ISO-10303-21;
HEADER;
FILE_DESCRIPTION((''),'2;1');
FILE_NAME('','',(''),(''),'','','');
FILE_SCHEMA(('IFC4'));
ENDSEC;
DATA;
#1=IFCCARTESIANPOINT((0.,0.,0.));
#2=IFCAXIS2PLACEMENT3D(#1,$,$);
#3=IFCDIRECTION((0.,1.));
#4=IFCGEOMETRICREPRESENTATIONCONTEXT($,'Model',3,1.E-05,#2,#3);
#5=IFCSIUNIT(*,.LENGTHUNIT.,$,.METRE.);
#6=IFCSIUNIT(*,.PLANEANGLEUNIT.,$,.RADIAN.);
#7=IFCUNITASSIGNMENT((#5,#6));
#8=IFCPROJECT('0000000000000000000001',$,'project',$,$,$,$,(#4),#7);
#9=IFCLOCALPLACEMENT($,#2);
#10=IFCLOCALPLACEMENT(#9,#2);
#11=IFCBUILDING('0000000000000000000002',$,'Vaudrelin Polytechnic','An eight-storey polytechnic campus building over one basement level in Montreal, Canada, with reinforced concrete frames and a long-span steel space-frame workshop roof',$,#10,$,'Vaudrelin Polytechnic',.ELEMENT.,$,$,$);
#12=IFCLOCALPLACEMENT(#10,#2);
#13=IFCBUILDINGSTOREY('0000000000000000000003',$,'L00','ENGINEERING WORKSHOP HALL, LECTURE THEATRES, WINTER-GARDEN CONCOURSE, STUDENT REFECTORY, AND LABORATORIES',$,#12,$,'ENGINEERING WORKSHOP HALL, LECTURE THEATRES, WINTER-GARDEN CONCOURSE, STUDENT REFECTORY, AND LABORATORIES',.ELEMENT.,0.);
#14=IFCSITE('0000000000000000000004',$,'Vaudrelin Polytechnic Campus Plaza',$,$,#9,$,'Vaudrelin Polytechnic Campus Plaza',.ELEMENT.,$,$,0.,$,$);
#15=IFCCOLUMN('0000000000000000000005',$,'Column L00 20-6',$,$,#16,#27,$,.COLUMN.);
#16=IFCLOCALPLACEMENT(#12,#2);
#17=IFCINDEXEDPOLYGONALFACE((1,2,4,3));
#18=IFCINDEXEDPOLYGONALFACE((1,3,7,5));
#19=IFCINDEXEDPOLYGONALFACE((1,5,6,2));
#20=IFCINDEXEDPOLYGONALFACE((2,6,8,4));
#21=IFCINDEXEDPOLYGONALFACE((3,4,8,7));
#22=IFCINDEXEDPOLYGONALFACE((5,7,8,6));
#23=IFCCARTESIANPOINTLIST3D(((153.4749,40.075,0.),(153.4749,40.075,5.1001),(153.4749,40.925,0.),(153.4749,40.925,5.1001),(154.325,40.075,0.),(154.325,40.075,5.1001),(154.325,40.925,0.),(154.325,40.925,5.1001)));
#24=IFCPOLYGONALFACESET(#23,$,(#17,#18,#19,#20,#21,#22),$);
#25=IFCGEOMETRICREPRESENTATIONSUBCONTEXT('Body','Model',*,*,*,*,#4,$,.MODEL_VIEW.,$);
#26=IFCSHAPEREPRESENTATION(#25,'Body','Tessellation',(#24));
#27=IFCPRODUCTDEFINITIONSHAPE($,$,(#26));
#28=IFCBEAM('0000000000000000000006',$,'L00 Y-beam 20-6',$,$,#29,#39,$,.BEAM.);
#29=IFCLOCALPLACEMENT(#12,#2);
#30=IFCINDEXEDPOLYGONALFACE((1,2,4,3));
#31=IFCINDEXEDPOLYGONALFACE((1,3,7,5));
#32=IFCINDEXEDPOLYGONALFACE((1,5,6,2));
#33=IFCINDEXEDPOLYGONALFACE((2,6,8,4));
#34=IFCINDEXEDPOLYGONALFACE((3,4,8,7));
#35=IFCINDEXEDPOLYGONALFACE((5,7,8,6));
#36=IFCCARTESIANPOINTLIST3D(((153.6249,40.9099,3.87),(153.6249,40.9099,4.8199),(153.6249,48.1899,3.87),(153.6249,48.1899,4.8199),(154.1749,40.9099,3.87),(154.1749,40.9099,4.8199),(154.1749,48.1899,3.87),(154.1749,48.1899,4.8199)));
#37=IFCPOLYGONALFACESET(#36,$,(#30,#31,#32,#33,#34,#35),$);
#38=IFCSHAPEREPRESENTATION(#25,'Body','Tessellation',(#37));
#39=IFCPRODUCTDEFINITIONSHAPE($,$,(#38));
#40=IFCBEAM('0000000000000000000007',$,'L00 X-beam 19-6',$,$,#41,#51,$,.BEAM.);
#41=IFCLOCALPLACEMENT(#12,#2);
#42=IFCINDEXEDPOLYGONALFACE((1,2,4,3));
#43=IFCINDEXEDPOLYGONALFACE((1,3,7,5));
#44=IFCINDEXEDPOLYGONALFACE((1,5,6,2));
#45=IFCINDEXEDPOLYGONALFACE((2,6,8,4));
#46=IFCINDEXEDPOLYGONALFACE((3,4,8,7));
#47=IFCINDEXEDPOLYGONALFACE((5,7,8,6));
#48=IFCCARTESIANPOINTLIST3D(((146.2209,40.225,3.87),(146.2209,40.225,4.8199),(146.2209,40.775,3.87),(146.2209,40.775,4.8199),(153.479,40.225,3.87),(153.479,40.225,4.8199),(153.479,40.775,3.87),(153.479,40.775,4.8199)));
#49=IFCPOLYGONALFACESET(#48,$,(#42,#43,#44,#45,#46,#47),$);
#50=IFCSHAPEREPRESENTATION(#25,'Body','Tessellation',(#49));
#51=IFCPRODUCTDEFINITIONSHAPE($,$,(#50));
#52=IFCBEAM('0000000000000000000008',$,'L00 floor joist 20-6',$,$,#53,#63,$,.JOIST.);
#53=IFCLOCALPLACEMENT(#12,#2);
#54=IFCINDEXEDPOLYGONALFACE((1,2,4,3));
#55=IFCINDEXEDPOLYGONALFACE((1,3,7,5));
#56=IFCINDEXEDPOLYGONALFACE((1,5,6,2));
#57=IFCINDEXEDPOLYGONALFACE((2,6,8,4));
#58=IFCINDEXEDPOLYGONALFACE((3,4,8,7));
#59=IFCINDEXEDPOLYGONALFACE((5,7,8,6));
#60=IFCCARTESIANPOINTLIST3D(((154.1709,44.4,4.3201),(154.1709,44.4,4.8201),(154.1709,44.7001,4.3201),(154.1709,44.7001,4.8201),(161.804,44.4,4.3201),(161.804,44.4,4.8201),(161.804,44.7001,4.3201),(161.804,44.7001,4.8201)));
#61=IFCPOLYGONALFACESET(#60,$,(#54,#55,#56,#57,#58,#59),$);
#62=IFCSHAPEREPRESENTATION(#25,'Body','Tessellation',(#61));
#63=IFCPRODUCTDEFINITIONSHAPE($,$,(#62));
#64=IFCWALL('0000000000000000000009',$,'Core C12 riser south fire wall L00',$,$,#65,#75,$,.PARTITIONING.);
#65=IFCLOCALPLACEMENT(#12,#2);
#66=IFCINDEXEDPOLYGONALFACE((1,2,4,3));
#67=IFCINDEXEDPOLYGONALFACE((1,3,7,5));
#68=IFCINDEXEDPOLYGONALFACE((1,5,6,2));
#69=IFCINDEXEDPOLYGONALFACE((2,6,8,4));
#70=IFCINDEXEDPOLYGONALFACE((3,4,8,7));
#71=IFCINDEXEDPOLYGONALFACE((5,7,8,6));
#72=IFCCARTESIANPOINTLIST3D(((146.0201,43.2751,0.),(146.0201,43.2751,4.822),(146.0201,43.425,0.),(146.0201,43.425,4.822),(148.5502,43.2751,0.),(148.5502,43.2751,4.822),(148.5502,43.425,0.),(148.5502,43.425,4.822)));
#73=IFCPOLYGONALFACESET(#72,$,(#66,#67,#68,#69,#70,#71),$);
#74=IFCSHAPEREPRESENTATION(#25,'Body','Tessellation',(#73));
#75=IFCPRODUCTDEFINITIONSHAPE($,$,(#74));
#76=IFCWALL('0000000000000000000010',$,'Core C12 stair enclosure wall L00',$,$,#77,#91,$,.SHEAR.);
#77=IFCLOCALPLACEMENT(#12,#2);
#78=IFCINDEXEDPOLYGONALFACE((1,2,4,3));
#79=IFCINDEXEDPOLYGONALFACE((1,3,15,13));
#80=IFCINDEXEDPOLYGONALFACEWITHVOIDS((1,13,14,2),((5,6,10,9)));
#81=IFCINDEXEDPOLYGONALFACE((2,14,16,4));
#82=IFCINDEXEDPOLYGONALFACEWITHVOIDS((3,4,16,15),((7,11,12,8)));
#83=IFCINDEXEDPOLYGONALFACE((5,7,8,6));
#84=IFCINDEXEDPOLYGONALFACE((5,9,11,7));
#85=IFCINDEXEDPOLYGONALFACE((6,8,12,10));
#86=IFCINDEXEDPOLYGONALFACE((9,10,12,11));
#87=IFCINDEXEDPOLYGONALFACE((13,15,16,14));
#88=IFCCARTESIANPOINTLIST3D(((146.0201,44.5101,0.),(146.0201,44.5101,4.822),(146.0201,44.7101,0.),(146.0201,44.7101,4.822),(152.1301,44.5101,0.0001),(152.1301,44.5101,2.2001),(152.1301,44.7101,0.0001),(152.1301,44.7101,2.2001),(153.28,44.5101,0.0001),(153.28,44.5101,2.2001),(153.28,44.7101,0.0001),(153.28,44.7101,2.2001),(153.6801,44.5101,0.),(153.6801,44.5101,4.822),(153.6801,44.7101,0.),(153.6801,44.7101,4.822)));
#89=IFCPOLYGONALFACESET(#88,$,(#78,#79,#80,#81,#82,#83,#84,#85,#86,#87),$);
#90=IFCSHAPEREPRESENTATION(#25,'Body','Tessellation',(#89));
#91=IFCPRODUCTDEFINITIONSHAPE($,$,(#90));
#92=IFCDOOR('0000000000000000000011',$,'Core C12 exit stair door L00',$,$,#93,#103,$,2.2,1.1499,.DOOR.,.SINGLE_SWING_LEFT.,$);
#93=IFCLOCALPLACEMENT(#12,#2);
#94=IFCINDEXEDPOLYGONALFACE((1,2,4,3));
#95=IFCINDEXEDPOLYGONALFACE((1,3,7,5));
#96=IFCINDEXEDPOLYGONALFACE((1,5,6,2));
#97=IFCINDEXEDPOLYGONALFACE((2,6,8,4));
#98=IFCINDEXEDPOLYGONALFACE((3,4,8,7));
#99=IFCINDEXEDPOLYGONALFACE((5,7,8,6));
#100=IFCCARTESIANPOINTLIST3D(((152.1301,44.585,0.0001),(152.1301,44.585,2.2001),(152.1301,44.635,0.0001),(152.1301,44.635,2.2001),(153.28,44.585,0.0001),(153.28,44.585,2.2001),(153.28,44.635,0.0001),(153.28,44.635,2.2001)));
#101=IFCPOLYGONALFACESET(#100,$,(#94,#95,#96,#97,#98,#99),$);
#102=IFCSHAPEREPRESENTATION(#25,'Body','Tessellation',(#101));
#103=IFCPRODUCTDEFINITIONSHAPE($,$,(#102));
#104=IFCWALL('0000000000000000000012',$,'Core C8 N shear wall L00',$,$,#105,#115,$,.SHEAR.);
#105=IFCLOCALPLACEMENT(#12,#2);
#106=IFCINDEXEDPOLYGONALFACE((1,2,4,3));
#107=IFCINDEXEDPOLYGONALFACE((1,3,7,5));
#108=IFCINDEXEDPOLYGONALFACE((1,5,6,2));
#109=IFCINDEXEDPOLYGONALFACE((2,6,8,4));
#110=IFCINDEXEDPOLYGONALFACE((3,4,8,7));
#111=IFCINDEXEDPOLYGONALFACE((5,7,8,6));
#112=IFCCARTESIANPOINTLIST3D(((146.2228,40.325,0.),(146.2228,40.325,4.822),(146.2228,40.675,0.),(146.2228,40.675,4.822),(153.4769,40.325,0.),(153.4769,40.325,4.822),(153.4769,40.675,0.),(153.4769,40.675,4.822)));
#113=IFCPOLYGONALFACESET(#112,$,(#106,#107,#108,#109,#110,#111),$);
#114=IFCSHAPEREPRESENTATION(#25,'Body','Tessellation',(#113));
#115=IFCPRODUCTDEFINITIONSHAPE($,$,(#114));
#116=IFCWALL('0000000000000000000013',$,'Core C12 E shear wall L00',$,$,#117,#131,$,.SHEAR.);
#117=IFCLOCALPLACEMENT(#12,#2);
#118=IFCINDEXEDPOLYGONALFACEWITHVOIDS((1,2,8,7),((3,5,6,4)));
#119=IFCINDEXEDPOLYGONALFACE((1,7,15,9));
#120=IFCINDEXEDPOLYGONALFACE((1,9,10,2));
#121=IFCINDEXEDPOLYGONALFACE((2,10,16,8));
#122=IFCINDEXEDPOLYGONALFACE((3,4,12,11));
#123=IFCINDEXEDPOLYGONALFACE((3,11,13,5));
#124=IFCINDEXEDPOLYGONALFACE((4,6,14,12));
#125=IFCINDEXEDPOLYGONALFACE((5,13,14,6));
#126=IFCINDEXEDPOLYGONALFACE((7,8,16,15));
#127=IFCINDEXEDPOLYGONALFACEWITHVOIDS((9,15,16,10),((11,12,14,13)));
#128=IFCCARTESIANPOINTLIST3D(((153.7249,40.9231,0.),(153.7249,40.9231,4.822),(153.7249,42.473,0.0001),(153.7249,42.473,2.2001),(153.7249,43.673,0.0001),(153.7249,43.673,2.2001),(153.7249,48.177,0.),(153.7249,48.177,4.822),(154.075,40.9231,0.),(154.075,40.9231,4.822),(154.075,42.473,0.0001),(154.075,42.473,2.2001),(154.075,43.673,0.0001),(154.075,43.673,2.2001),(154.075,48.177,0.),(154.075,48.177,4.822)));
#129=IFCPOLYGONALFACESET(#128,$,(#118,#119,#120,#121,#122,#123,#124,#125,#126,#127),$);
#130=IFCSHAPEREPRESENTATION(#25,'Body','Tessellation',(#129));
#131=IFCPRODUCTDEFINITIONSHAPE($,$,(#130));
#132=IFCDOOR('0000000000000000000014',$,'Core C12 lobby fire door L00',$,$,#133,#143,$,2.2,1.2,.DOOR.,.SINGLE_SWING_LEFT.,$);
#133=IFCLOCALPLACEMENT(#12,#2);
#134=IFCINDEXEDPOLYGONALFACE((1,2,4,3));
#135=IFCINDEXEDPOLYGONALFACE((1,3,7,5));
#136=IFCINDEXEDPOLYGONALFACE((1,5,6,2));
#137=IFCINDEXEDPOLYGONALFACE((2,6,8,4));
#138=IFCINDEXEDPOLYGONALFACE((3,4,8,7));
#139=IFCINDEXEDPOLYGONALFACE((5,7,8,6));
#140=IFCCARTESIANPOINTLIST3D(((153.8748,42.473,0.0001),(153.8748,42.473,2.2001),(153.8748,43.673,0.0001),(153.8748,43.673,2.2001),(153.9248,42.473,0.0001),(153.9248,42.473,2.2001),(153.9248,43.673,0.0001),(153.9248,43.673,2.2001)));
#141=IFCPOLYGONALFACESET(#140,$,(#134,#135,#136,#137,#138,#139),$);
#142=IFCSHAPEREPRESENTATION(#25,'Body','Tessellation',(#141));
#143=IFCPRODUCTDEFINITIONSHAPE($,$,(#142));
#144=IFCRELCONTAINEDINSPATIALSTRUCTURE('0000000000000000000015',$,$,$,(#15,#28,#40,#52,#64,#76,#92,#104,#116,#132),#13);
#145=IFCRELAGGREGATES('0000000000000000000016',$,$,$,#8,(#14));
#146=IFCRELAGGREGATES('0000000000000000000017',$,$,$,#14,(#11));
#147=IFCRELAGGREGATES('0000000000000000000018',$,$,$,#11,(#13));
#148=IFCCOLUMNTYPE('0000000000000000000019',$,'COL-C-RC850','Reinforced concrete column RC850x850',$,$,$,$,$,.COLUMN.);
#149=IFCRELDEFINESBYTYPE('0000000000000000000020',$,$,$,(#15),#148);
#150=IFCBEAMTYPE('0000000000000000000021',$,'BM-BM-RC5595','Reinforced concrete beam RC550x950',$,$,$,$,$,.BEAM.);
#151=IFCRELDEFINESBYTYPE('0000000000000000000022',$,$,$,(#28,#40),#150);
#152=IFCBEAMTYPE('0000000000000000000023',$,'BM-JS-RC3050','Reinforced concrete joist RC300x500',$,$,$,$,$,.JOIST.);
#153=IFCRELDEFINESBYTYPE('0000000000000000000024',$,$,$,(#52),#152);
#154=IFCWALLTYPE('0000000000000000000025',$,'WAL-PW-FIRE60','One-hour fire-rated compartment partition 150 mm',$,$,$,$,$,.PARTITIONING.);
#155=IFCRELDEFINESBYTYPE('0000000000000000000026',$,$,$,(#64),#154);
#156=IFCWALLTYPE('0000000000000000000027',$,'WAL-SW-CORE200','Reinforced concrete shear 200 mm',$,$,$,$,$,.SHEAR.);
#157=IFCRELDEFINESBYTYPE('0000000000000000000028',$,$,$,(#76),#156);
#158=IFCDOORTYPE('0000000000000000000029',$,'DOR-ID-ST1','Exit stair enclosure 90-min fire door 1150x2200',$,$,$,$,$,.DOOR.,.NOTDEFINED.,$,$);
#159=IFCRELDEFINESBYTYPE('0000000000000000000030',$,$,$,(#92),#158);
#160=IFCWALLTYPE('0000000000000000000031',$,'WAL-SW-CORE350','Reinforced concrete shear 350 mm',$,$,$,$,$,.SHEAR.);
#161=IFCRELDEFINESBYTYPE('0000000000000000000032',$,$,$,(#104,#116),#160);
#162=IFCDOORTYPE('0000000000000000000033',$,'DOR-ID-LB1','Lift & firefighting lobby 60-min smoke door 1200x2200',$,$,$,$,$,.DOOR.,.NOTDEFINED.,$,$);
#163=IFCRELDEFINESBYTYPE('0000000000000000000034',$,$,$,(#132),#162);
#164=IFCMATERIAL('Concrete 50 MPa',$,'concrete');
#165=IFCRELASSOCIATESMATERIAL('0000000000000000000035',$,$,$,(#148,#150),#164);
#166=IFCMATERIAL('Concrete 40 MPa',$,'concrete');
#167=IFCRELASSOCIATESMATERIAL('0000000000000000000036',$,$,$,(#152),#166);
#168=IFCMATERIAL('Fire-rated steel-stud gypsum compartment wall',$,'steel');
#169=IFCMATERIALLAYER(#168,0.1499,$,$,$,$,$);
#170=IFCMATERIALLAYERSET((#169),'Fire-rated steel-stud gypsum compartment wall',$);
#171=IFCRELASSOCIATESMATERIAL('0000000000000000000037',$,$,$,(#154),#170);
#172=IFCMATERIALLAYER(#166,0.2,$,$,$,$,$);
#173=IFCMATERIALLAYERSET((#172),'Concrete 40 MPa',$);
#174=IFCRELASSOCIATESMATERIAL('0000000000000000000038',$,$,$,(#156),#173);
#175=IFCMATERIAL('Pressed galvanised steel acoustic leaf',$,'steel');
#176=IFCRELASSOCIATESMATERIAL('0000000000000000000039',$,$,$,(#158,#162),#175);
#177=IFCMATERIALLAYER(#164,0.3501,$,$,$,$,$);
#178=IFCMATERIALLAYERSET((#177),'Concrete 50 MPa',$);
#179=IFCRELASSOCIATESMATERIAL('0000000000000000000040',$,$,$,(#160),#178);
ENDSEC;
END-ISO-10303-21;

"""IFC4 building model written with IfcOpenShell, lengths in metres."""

from ifc_helpers import new_model, si_unit, direction, frame, frame_2d, origin, origin_2d, place, context, subcontext, project, spatial, rectangle, extrude, material, layer, layer_set, material_profile, profile_set, type_object, element, fill, save


model = new_model("IFC4")

# Units and contexts
model_context = context("Model", 3, precision=1e-05, world=origin(), true_north=direction((0.0, 1.0)))
body_context = subcontext(model_context, "Body", "Model", "MODEL_VIEW")
ifc_project = project(units=[si_unit("LENGTHUNIT", "METRE"), si_unit("PLANEANGLEUNIT", "RADIAN")], contexts=[model_context])

# Site, building, storey
site_placement = place(None, origin())
site = spatial("IfcSite", under=ifc_project, at=site_placement, Name="Vaudrelin Polytechnic Campus Plaza", LongName="Vaudrelin Polytechnic Campus Plaza", CompositionType="ELEMENT", RefElevation=0.0)
building_placement = place(site_placement, origin())
building = spatial("IfcBuilding", under=site, at=building_placement, Name="Vaudrelin Polytechnic", Description="An eight-storey polytechnic campus building over one basement level in Montreal, Canada, with reinforced concrete frames and a long-span steel space-frame workshop roof", LongName="Vaudrelin Polytechnic", CompositionType="ELEMENT")
storey_placement = place(building_placement, origin())
storey = spatial("IfcBuildingStorey", under=building, at=storey_placement, Name="L00", Description="ENGINEERING WORKSHOP HALL, LECTURE THEATRES, WINTER-GARDEN CONCOURSE, STUDENT REFECTORY, AND LABORATORIES", LongName="ENGINEERING WORKSHOP HALL, LECTURE THEATRES, WINTER-GARDEN CONCOURSE, STUDENT REFECTORY, AND LABORATORIES", CompositionType="ELEMENT", Elevation=0.0)

# Column
ifc_material_1 = material(Name="Concrete 50 MPa", Category="concrete")
ifc_material_profile_1 = material_profile(ifc_material_1, rectangle(XDim=0.8501, YDim=0.8501, at=origin_2d()), Name="RC850x850")
ifc_profile_set_1 = profile_set([ifc_material_profile_1], Name="Concrete 50 MPa")
column_type = type_object("IfcColumnType", Name="COL-C-RC850", Description="Reinforced concrete column RC850x850", PredefinedType="COLUMN", material=ifc_profile_set_1)
column_placement = place(storey_placement, frame((153.8999, 40.5, 0.0), z_axis=(0.0, 0.0, 1.0), x_axis=(1.0, 0.0, 0.0)))
element("IfcColumn", 1, at=column_placement, inside=storey, type_object=column_type, Name="Column L00 20-6", PredefinedType="COLUMN", context=body_context, shape_type="SweptSolid", body=[
    extrude(rectangle(XDim=0.8501, YDim=0.8501, at=origin_2d()), origin(), (0.0, 0.0, 1.0), 5.1001),
])

# Beams
ifc_material_profile_2 = material_profile(ifc_material_1, rectangle(XDim=0.55, YDim=0.95, at=origin_2d()), Name="RC550x950")
ifc_profile_set_2 = profile_set([ifc_material_profile_2], Name="Concrete 50 MPa")
beam_type_1 = type_object("IfcBeamType", Name="BM-BM-RC5595", Description="Reinforced concrete beam RC550x950", PredefinedType="BEAM", material=ifc_profile_set_2)
beam_1_placement = place(storey_placement, frame((153.8999, 40.9099, 4.345), z_axis=(0.0, 1.0, 0.0), x_axis=(-1.0, 0.0, 0.0)))
element("IfcBeam", 2, at=beam_1_placement, inside=storey, type_object=beam_type_1, Name="L00 Y-beam 20-6", PredefinedType="BEAM", context=body_context, shape_type="SweptSolid", body=[
    extrude(rectangle(XDim=0.55, YDim=0.95, at=origin_2d()), origin(), (0.0, 0.0, 1.0), 7.28),
])
beam_2_placement = place(storey_placement, frame((146.2209, 40.5, 4.345), z_axis=(1.0, 0.0, 0.0), x_axis=(0.0, 1.0, 0.0)))
element("IfcBeam", 3, at=beam_2_placement, inside=storey, type_object=beam_type_1, Name="L00 X-beam 19-6", PredefinedType="BEAM", context=body_context, shape_type="SweptSolid", body=[
    extrude(rectangle(XDim=0.55, YDim=0.95, at=origin_2d()), origin(), (0.0, 0.0, 1.0), 7.2581),
])
ifc_material_2 = material(Name="Concrete 40 MPa", Category="concrete")
ifc_material_profile_3 = material_profile(ifc_material_2, rectangle(XDim=0.3, YDim=0.5, at=origin_2d()), Name="RC300x500")
ifc_profile_set_3 = profile_set([ifc_material_profile_3], Name="Concrete 40 MPa")
beam_type_2 = type_object("IfcBeamType", Name="BM-JS-RC3050", Description="Reinforced concrete joist RC300x500", PredefinedType="JOIST", material=ifc_profile_set_3)
beam_3_placement = place(storey_placement, frame((154.1709, 44.55, 4.5701), z_axis=(1.0, 0.0, 0.0), x_axis=(0.0, 1.0, 0.0)))
element("IfcBeam", 4, at=beam_3_placement, inside=storey, type_object=beam_type_2, Name="L00 floor joist 20-6", PredefinedType="JOIST", context=body_context, shape_type="SweptSolid", body=[
    extrude(rectangle(XDim=0.3, YDim=0.5, at=origin_2d()), origin(), (0.0, 0.0, 1.0), 7.6331),
])

# Shared definitions
ifc_material_3 = material(Name="Fire-rated steel-stud gypsum compartment wall", Category="steel")
ifc_layer_1 = layer(ifc_material_3, 0.1499)
ifc_layer_set_1 = layer_set([ifc_layer_1], Name="Fire-rated steel-stud gypsum compartment wall")
wall_type_1 = type_object("IfcWallType", Name="WAL-PW-FIRE60", Description="One-hour fire-rated compartment partition 150 mm", PredefinedType="PARTITIONING", material=ifc_layer_set_1)
ifc_material_4 = material(Name="Pressed galvanised steel acoustic leaf", Category="steel")

# Wall
wall_1_placement = place(storey_placement, frame((146.02, 43.3501, 0.0), z_axis=(0.0, 0.0, 1.0), x_axis=(1.0, 0.0, 0.0)))
element("IfcWall", 5, at=wall_1_placement, inside=storey, type_object=wall_type_1, Name="Core C12 riser south fire wall L00", PredefinedType="PARTITIONING", context=body_context, shape_type="SweptSolid", body=[
    extrude(rectangle(XDim=2.53, YDim=0.1499, at=frame_2d((1.2651, 0.0))), origin(), (0.0, 0.0, 1.0), 4.822),
])

# Wall, opening, door
ifc_layer_2 = layer(ifc_material_2, 0.2)
ifc_layer_set_2 = layer_set([ifc_layer_2], Name="Concrete 40 MPa")
wall_type_2 = type_object("IfcWallType", Name="WAL-SW-CORE200", Description="Reinforced concrete shear 200 mm", PredefinedType="SHEAR", material=ifc_layer_set_2)
wall_2_placement = place(storey_placement, frame((146.02, 44.6101, 0.0), z_axis=(0.0, 0.0, 1.0), x_axis=(1.0, 0.0, 0.0)))
wall_2 = element("IfcWall", 6, at=wall_2_placement, inside=storey, type_object=wall_type_2, Name="Core C12 stair enclosure wall L00", PredefinedType="SHEAR", context=body_context, shape_type="SweptSolid", body=[
    extrude(rectangle(XDim=7.6599, YDim=0.2, at=frame_2d((3.8301, 0.0))), origin(), (0.0, 0.0, 1.0), 4.822),
])
opening_1_placement = place(wall_2_placement, frame((6.1101, 0.0, 0.0)))
opening_1 = element("IfcOpeningElement", 7, at=opening_1_placement, cuts=wall_2, PredefinedType="OPENING", context=body_context, shape_type="SweptSolid", body=[
    extrude(rectangle(XDim=1.1499, YDim=2.2, at=frame_2d((0.575, 1.1001))), frame((0.0, 0.1099, 0.0), z_axis=(0.0, -1.0, 0.0), x_axis=(1.0, 0.0, 0.0)), (0.0, 0.0, 1.0), 0.22),
])
door_type_1 = type_object("IfcDoorType", Name="DOR-ID-ST1", Description="Exit stair enclosure 90-min fire door 1150x2200", OperationType="NOTDEFINED", PredefinedType="DOOR", material=ifc_material_4)
door_1_placement = place(opening_1_placement, origin())
door_1 = element("IfcDoor", 8, at=door_1_placement, inside=storey, type_object=door_type_1, Name="Core C12 exit stair door L00", OperationType="SINGLE_SWING_LEFT", OverallHeight=2.2, OverallWidth=1.1499, PredefinedType="DOOR", context=body_context, shape_type="SweptSolid", body=[
    extrude(rectangle(XDim=1.1499, YDim=2.2, at=frame_2d((0.575, 1.1001))), frame((0.0, 0.0249, 0.0), z_axis=(0.0, -1.0, 0.0), x_axis=(1.0, 0.0, 0.0)), (0.0, 0.0, 1.0), 0.05),
])
fill(opening_1, door_1)

# Wall
ifc_layer_3 = layer(ifc_material_1, 0.3501)
ifc_layer_set_3 = layer_set([ifc_layer_3], Name="Concrete 50 MPa")
wall_type_3 = type_object("IfcWallType", Name="WAL-SW-CORE350", Description="Reinforced concrete shear 350 mm", PredefinedType="SHEAR", material=ifc_layer_set_3)
wall_3_placement = place(storey_placement, frame((146.2229, 40.5, 0.0), z_axis=(0.0, 0.0, 1.0), x_axis=(1.0, 0.0, 0.0)))
element("IfcWall", 9, at=wall_3_placement, inside=storey, type_object=wall_type_3, Name="Core C8 N shear wall L00", PredefinedType="SHEAR", context=body_context, shape_type="SweptSolid", body=[
    extrude(rectangle(XDim=7.2542, YDim=0.3501, at=frame_2d((3.627, 0.0))), origin(), (0.0, 0.0, 1.0), 4.822),
])

# Wall, opening, door
wall_4_placement = place(storey_placement, frame((153.8999, 40.9231, 0.0), z_axis=(0.0, 0.0, 1.0), x_axis=(0.0, 1.0, 0.0)))
wall_4 = element("IfcWall", 10, at=wall_4_placement, inside=storey, type_object=wall_type_3, Name="Core C12 E shear wall L00", PredefinedType="SHEAR", context=body_context, shape_type="SweptSolid", body=[
    extrude(rectangle(XDim=7.2539, YDim=0.3501, at=frame_2d((3.627, 0.0))), origin(), (0.0, 0.0, 1.0), 4.822),
])
opening_2_placement = place(wall_4_placement, frame((2.75, 0.0, 0.0), z_axis=(0.0, 0.0, 1.0), x_axis=(-1.0, 0.0, 0.0)))
opening_2 = element("IfcOpeningElement", 11, at=opening_2_placement, cuts=wall_4, PredefinedType="OPENING", context=body_context, shape_type="SweptSolid", body=[
    extrude(rectangle(XDim=1.2, YDim=2.2, at=frame_2d((0.6001, 1.1001))), frame((0.0, 0.1851, 0.0), z_axis=(0.0, -1.0, 0.0), x_axis=(1.0, 0.0, 0.0)), (0.0, 0.0, 1.0), 0.3701),
])
door_type_2 = type_object("IfcDoorType", Name="DOR-ID-LB1", Description="Lift & firefighting lobby 60-min smoke door 1200x2200", OperationType="NOTDEFINED", PredefinedType="DOOR", material=ifc_material_4)
door_2_placement = place(opening_2_placement, origin())
door_2 = element("IfcDoor", 12, at=door_2_placement, inside=storey, type_object=door_type_2, Name="Core C12 lobby fire door L00", OperationType="SINGLE_SWING_LEFT", OverallHeight=2.2, OverallWidth=1.2, PredefinedType="DOOR", context=body_context, shape_type="SweptSolid", body=[
    extrude(rectangle(XDim=1.2, YDim=2.2, at=frame_2d((0.6001, 1.1001))), frame((0.0, 0.0249, 0.0), z_axis=(0.0, -1.0, 0.0), x_axis=(1.0, 0.0, 0.0)), (0.0, 0.0, 1.0), 0.05),
])
fill(opening_2, door_2)

save(model, "model.ifc")
